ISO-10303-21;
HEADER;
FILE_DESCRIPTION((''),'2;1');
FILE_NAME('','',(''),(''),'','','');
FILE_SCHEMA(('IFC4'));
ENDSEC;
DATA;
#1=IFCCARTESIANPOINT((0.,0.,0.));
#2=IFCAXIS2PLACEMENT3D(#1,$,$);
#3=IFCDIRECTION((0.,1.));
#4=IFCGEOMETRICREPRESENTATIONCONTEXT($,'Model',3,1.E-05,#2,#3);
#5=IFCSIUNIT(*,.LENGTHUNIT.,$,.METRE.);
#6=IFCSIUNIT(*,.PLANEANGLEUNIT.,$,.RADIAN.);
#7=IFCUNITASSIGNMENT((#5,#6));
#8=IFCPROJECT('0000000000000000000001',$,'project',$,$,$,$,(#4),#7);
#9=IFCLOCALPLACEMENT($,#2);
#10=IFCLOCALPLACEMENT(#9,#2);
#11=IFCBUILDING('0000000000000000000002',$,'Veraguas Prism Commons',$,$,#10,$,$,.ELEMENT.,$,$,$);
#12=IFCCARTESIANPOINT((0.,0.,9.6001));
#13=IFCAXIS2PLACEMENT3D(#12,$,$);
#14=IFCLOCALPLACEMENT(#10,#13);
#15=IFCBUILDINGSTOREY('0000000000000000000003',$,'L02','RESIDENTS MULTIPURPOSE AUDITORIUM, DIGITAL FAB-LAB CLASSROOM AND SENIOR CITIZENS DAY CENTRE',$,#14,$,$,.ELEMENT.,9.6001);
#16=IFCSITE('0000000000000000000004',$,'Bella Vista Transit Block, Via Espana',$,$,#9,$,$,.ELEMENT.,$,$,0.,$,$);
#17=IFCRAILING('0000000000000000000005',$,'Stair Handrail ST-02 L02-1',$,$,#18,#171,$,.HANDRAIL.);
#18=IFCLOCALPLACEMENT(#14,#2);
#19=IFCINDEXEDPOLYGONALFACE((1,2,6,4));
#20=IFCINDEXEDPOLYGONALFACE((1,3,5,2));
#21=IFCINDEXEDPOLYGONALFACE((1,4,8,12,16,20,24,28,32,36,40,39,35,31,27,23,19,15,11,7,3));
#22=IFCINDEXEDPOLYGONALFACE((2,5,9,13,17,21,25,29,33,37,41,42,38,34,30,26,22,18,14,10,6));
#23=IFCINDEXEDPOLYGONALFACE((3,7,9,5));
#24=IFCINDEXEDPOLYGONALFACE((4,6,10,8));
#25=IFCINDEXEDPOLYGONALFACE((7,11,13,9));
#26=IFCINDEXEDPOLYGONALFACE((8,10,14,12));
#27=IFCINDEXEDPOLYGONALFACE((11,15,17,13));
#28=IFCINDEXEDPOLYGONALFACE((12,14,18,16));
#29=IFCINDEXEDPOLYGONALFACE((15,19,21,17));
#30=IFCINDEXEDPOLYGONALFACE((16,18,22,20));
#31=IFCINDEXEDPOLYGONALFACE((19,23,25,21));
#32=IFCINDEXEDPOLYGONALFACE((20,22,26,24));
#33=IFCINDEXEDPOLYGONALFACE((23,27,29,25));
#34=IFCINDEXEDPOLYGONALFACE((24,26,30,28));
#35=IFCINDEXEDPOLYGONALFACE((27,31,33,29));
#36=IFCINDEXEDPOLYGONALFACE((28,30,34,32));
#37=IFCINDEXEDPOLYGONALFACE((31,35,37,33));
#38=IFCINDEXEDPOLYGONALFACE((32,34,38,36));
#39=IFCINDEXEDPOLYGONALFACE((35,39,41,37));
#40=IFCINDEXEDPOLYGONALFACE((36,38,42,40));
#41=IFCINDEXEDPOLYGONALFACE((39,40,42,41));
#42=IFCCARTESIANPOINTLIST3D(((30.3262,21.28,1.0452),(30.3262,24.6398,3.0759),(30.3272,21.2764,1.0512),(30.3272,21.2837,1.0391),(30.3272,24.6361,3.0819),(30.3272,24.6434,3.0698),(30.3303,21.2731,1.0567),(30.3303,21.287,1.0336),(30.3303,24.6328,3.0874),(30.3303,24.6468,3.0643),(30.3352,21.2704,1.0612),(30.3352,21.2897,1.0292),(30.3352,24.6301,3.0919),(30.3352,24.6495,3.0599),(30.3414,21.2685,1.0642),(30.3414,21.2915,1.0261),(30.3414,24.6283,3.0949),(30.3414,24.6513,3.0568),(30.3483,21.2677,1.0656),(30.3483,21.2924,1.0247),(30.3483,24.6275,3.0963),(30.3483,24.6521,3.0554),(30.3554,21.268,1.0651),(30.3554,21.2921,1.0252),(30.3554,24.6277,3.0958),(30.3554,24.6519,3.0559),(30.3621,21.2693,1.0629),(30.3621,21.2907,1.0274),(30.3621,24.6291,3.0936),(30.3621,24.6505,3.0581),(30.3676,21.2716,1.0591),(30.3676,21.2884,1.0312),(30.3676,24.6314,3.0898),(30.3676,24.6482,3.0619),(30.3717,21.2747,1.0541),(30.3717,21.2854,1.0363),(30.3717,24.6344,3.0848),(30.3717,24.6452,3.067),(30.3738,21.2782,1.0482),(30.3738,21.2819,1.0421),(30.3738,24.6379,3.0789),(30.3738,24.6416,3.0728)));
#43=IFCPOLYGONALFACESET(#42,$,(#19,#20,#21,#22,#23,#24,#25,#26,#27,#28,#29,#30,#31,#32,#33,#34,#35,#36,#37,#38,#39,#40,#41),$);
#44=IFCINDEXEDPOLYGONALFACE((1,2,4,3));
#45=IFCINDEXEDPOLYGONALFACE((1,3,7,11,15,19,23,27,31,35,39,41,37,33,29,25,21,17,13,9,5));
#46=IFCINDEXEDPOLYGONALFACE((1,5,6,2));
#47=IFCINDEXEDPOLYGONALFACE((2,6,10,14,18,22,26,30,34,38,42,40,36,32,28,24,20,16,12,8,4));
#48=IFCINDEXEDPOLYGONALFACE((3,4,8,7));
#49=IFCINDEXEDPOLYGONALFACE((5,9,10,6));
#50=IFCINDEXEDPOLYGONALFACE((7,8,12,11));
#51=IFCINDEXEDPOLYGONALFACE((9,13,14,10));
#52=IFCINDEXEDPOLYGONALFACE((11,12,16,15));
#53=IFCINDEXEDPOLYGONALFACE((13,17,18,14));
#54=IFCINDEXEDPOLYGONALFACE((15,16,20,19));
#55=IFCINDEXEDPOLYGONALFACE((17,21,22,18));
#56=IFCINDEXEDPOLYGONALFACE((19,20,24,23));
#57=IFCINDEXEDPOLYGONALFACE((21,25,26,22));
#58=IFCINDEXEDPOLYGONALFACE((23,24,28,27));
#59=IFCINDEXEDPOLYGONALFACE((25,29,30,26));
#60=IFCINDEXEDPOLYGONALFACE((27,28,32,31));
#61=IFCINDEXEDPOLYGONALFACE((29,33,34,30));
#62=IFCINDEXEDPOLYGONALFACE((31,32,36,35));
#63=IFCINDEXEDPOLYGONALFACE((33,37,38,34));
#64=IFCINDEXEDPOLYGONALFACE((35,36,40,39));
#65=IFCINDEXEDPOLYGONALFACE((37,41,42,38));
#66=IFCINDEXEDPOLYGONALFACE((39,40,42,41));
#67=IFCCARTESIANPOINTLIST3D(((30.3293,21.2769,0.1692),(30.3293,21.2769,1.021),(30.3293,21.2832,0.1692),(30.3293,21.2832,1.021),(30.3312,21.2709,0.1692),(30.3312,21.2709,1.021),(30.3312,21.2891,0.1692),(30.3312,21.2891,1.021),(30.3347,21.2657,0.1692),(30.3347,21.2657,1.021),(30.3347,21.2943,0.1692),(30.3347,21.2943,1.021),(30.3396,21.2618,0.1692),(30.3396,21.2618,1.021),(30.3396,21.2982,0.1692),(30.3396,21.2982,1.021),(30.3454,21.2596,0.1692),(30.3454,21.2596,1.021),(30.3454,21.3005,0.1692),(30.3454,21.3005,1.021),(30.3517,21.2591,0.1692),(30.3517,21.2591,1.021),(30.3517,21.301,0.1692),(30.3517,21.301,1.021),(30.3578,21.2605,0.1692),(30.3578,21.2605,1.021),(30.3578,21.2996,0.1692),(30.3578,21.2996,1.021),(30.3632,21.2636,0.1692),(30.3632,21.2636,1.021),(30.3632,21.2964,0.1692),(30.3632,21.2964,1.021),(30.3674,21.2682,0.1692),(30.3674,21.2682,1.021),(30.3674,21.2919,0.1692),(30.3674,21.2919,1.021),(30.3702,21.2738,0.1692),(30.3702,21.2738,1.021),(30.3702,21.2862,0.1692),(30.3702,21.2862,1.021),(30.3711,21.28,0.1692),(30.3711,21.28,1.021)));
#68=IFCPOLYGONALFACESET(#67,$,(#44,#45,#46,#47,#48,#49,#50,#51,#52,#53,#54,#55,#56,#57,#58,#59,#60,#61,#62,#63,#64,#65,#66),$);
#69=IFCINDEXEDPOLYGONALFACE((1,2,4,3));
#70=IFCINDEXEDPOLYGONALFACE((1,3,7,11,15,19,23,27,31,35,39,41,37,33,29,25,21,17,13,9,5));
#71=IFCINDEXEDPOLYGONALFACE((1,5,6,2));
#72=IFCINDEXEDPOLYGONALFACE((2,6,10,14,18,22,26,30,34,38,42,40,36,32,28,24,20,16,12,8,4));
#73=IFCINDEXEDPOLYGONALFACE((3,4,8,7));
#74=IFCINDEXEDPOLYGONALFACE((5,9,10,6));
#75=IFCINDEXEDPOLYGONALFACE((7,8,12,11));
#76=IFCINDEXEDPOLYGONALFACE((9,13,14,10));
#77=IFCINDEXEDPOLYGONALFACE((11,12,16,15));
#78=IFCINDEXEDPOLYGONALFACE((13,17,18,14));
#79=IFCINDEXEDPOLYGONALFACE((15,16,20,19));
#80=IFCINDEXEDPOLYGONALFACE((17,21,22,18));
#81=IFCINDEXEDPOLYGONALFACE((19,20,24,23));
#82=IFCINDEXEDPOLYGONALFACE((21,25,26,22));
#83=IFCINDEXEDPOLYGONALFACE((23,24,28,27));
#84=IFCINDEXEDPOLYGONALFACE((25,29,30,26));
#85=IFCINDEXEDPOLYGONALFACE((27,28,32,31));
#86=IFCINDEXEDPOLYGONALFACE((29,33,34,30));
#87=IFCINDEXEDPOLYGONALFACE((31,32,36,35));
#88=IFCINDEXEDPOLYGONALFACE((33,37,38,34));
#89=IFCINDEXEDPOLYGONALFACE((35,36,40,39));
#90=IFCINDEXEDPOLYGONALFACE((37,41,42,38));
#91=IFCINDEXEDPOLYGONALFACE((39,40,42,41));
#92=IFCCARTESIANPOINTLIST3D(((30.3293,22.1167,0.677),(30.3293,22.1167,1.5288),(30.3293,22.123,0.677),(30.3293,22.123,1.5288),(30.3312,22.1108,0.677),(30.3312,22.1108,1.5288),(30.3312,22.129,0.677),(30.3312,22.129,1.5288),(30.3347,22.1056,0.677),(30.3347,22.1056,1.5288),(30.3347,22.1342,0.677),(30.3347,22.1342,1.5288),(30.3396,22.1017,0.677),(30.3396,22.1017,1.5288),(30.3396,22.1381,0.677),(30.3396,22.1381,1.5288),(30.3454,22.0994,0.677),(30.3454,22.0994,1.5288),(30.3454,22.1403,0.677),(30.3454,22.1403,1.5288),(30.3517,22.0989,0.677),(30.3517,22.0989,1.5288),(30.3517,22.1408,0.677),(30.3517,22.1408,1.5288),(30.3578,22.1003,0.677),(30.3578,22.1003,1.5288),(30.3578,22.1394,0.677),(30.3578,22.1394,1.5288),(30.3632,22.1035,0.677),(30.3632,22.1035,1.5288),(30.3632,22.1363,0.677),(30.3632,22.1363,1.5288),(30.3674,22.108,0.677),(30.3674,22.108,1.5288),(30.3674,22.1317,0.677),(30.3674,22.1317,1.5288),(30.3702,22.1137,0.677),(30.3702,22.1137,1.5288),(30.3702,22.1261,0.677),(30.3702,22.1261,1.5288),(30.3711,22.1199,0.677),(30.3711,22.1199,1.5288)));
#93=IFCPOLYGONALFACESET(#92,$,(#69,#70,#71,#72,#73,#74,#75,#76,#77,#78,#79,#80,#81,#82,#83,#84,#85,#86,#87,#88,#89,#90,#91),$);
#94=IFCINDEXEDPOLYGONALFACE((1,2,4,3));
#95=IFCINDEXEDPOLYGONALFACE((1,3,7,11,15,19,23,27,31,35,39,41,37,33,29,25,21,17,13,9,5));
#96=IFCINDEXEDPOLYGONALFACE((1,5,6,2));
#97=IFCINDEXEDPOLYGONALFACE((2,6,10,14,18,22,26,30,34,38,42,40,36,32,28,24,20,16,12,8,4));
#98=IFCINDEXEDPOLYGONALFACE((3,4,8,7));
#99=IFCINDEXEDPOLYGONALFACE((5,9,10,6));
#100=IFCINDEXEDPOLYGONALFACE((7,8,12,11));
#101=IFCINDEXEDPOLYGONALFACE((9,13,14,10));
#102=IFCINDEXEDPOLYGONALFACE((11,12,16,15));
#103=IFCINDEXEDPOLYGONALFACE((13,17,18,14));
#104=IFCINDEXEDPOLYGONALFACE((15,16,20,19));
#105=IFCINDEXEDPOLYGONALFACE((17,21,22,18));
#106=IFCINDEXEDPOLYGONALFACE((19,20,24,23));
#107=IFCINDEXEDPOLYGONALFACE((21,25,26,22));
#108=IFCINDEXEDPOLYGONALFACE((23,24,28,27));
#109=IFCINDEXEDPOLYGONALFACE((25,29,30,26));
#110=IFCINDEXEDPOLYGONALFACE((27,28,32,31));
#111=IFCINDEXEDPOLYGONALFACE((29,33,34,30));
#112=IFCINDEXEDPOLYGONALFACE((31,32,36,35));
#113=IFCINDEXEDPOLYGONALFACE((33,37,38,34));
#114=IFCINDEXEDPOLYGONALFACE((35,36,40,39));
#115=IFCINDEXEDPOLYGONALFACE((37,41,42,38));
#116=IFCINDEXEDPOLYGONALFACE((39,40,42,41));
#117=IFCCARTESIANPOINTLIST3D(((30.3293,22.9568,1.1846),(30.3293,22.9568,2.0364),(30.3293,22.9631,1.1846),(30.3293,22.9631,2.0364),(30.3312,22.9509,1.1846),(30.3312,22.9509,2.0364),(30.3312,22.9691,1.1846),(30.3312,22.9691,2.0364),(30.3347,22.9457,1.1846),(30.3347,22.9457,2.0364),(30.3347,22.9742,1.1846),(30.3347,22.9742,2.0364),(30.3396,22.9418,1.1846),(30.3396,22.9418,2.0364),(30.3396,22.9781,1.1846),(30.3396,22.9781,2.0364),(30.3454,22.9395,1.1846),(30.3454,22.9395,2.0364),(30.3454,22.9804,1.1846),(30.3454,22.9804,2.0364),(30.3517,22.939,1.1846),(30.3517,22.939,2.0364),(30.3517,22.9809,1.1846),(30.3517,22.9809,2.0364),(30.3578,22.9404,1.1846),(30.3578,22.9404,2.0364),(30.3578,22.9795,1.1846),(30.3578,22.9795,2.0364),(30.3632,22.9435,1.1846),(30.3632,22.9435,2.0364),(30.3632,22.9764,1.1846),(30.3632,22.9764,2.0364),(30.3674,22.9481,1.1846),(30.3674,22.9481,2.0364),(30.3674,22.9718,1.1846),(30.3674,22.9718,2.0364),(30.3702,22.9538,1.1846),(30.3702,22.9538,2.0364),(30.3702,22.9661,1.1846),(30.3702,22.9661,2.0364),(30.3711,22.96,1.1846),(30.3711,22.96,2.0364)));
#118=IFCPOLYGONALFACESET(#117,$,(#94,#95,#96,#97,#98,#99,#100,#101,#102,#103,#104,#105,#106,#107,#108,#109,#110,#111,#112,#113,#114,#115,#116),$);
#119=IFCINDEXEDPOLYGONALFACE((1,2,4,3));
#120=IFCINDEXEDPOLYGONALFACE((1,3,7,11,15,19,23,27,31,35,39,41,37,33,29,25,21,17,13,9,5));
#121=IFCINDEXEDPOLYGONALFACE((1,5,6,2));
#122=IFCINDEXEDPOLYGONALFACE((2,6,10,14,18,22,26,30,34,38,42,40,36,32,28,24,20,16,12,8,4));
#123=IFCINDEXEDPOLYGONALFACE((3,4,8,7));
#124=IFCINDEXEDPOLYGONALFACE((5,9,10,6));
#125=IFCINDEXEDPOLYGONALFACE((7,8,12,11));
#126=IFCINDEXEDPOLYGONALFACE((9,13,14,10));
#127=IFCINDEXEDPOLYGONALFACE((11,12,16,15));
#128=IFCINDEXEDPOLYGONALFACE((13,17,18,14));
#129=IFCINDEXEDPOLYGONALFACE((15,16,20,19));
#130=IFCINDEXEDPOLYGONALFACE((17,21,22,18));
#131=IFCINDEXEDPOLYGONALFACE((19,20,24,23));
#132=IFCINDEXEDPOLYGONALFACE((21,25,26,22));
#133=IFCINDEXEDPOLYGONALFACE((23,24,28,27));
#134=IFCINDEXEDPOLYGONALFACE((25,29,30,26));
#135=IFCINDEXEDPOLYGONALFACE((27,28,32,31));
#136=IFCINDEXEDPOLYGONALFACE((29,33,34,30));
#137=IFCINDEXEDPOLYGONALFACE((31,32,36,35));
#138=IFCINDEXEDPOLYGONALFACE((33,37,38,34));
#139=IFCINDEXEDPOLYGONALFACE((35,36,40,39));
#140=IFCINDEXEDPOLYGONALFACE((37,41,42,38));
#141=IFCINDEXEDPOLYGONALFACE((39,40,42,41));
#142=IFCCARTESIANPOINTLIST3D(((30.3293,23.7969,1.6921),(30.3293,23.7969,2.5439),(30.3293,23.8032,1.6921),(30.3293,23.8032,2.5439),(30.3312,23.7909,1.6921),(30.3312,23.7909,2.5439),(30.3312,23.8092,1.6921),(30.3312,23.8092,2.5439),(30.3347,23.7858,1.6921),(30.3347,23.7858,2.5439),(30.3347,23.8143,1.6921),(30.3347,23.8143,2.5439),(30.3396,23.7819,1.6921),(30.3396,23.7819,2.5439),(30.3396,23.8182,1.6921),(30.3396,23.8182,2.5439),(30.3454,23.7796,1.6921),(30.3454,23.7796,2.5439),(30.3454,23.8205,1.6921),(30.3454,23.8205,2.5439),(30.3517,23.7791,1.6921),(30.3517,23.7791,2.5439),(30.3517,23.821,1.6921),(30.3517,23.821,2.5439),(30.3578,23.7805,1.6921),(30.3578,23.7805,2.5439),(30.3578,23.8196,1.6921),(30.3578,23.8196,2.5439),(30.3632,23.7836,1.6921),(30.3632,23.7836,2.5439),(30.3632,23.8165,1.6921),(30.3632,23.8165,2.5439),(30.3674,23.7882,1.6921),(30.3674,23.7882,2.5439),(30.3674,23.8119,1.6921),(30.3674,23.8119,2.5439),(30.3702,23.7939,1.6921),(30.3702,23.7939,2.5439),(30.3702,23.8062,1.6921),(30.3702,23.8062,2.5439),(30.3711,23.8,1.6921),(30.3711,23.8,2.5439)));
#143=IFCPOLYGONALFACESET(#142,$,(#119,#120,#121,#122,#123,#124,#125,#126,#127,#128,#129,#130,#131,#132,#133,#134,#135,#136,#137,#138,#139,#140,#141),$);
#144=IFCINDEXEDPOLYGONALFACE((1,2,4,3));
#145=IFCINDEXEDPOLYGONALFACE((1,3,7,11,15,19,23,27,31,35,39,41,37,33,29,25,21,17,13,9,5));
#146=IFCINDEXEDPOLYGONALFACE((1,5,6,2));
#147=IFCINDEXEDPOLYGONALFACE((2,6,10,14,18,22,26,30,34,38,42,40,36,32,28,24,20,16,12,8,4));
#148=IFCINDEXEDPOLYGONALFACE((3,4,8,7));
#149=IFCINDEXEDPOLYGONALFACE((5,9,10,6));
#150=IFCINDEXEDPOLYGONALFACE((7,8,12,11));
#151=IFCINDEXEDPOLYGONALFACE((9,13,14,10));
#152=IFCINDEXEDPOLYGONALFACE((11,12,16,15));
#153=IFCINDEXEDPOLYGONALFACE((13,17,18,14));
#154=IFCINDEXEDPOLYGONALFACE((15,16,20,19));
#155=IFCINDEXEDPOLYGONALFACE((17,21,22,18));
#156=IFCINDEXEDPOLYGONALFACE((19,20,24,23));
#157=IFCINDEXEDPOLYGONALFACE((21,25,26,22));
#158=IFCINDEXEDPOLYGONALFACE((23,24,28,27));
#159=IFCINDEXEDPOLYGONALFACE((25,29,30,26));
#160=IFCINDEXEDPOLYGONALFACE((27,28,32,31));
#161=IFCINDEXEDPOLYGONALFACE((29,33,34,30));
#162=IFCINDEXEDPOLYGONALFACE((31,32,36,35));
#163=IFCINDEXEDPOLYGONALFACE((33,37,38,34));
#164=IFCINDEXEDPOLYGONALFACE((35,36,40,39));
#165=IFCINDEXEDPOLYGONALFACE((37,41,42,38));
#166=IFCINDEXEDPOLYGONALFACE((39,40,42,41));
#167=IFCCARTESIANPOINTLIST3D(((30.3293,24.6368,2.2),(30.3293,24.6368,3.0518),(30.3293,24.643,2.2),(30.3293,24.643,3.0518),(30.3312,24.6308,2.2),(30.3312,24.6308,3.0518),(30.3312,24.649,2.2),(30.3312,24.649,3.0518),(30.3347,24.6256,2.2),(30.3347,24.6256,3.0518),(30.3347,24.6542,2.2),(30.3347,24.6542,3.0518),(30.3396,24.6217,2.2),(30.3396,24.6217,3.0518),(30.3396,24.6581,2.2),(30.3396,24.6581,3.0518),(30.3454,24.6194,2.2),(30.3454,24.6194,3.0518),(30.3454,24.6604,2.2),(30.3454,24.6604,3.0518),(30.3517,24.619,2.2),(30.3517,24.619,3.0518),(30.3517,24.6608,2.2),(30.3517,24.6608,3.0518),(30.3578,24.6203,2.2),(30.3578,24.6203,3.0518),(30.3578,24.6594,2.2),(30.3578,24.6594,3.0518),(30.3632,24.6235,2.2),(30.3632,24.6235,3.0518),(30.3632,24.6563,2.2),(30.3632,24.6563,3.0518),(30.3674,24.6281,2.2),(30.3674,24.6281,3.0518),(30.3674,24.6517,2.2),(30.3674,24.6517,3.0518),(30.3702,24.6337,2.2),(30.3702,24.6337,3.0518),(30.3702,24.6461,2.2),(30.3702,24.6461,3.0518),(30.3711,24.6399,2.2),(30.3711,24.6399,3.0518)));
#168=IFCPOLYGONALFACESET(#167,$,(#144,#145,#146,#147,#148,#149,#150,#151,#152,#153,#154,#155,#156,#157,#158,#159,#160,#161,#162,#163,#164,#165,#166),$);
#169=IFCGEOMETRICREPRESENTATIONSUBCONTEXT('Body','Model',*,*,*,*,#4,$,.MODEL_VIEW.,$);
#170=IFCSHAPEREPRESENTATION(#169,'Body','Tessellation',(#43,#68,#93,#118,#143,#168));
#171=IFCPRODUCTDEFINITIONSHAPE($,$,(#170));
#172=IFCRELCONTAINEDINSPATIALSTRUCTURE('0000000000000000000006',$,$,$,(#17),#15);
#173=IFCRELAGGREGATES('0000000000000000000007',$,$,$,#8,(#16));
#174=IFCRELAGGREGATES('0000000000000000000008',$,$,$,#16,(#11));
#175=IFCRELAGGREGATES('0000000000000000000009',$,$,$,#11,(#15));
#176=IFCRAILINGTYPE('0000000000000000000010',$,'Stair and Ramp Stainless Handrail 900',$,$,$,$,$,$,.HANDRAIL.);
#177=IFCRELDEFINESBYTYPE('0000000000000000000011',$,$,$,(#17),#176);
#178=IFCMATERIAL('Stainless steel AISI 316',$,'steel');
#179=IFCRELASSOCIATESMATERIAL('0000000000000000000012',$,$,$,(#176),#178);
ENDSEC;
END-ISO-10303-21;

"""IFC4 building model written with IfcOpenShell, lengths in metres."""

from ifc_helpers import new_model, si_unit, direction, frame, origin, origin_2d, place, context, subcontext, project, spatial, circle, extrude, material, type_object, element, save


model = new_model("IFC4")

# Units and contexts
model_context = context("Model", 3, precision=1e-05, world=origin(), true_north=direction((0.0, 1.0)))
body_context = subcontext(model_context, "Body", "Model", "MODEL_VIEW")
ifc_project = project(units=[si_unit("LENGTHUNIT", "METRE"), si_unit("PLANEANGLEUNIT", "RADIAN")], contexts=[model_context])

# Site, building, storey
site_placement = place(None, origin())
site = spatial("IfcSite", under=ifc_project, at=site_placement, Name="Bella Vista Transit Block, Via Espana", CompositionType="ELEMENT", RefElevation=0.0)
building_placement = place(site_placement, origin())
building = spatial("IfcBuilding", under=site, at=building_placement, Name="Veraguas Prism Commons", CompositionType="ELEMENT")
storey_placement = place(building_placement, frame((0.0, 0.0, 9.6001)))
storey = spatial("IfcBuildingStorey", under=building, at=storey_placement, Name="L02", Description="RESIDENTS MULTIPURPOSE AUDITORIUM, DIGITAL FAB-LAB CLASSROOM AND SENIOR CITIZENS DAY CENTRE", CompositionType="ELEMENT", Elevation=9.6001)

# Railing
ifc_material_1 = material(Name="Stainless steel AISI 316", Category="steel")
railing_type_1 = type_object("IfcRailingType", Name="Stair and Ramp Stainless Handrail 900", PredefinedType="HANDRAIL", material=ifc_material_1)
railing_1_placement = place(storey_placement, frame((30.3501, 21.28, 0.1692)))
element("IfcRailing", 1, at=railing_1_placement, inside=storey, type_object=railing_type_1, Name="Stair Handrail ST-02 L02-1", PredefinedType="HANDRAIL", context=body_context, shape_type="SweptSolid", body=[
    extrude(circle(Radius=0.0239, at=origin_2d()), frame((0.0, 0.0, 0.876), z_axis=(0.0, 0.85582, 0.517273), x_axis=(-1.0, 0.0, 0.0)), (0.0, 0.0, 1.0), 3.9258),
    extrude(circle(Radius=0.021, at=origin_2d()), origin(), (0.0, 0.0, 1.0), 0.8518),
    extrude(circle(Radius=0.021, at=origin_2d()), frame((0.0, 0.8398, 0.5078)), (0.0, 0.0, 1.0), 0.8518),
    extrude(circle(Radius=0.021, at=origin_2d()), frame((0.0, 1.6799, 1.0154)), (0.0, 0.0, 1.0), 0.8518),
    extrude(circle(Radius=0.021, at=origin_2d()), frame((0.0, 2.52, 1.5229)), (0.0, 0.0, 1.0), 0.8518),
    extrude(circle(Radius=0.021, at=origin_2d()), frame((0.0, 3.3599, 2.0308)), (0.0, 0.0, 1.0), 0.8518),
])

save(model, "model.ifc")
